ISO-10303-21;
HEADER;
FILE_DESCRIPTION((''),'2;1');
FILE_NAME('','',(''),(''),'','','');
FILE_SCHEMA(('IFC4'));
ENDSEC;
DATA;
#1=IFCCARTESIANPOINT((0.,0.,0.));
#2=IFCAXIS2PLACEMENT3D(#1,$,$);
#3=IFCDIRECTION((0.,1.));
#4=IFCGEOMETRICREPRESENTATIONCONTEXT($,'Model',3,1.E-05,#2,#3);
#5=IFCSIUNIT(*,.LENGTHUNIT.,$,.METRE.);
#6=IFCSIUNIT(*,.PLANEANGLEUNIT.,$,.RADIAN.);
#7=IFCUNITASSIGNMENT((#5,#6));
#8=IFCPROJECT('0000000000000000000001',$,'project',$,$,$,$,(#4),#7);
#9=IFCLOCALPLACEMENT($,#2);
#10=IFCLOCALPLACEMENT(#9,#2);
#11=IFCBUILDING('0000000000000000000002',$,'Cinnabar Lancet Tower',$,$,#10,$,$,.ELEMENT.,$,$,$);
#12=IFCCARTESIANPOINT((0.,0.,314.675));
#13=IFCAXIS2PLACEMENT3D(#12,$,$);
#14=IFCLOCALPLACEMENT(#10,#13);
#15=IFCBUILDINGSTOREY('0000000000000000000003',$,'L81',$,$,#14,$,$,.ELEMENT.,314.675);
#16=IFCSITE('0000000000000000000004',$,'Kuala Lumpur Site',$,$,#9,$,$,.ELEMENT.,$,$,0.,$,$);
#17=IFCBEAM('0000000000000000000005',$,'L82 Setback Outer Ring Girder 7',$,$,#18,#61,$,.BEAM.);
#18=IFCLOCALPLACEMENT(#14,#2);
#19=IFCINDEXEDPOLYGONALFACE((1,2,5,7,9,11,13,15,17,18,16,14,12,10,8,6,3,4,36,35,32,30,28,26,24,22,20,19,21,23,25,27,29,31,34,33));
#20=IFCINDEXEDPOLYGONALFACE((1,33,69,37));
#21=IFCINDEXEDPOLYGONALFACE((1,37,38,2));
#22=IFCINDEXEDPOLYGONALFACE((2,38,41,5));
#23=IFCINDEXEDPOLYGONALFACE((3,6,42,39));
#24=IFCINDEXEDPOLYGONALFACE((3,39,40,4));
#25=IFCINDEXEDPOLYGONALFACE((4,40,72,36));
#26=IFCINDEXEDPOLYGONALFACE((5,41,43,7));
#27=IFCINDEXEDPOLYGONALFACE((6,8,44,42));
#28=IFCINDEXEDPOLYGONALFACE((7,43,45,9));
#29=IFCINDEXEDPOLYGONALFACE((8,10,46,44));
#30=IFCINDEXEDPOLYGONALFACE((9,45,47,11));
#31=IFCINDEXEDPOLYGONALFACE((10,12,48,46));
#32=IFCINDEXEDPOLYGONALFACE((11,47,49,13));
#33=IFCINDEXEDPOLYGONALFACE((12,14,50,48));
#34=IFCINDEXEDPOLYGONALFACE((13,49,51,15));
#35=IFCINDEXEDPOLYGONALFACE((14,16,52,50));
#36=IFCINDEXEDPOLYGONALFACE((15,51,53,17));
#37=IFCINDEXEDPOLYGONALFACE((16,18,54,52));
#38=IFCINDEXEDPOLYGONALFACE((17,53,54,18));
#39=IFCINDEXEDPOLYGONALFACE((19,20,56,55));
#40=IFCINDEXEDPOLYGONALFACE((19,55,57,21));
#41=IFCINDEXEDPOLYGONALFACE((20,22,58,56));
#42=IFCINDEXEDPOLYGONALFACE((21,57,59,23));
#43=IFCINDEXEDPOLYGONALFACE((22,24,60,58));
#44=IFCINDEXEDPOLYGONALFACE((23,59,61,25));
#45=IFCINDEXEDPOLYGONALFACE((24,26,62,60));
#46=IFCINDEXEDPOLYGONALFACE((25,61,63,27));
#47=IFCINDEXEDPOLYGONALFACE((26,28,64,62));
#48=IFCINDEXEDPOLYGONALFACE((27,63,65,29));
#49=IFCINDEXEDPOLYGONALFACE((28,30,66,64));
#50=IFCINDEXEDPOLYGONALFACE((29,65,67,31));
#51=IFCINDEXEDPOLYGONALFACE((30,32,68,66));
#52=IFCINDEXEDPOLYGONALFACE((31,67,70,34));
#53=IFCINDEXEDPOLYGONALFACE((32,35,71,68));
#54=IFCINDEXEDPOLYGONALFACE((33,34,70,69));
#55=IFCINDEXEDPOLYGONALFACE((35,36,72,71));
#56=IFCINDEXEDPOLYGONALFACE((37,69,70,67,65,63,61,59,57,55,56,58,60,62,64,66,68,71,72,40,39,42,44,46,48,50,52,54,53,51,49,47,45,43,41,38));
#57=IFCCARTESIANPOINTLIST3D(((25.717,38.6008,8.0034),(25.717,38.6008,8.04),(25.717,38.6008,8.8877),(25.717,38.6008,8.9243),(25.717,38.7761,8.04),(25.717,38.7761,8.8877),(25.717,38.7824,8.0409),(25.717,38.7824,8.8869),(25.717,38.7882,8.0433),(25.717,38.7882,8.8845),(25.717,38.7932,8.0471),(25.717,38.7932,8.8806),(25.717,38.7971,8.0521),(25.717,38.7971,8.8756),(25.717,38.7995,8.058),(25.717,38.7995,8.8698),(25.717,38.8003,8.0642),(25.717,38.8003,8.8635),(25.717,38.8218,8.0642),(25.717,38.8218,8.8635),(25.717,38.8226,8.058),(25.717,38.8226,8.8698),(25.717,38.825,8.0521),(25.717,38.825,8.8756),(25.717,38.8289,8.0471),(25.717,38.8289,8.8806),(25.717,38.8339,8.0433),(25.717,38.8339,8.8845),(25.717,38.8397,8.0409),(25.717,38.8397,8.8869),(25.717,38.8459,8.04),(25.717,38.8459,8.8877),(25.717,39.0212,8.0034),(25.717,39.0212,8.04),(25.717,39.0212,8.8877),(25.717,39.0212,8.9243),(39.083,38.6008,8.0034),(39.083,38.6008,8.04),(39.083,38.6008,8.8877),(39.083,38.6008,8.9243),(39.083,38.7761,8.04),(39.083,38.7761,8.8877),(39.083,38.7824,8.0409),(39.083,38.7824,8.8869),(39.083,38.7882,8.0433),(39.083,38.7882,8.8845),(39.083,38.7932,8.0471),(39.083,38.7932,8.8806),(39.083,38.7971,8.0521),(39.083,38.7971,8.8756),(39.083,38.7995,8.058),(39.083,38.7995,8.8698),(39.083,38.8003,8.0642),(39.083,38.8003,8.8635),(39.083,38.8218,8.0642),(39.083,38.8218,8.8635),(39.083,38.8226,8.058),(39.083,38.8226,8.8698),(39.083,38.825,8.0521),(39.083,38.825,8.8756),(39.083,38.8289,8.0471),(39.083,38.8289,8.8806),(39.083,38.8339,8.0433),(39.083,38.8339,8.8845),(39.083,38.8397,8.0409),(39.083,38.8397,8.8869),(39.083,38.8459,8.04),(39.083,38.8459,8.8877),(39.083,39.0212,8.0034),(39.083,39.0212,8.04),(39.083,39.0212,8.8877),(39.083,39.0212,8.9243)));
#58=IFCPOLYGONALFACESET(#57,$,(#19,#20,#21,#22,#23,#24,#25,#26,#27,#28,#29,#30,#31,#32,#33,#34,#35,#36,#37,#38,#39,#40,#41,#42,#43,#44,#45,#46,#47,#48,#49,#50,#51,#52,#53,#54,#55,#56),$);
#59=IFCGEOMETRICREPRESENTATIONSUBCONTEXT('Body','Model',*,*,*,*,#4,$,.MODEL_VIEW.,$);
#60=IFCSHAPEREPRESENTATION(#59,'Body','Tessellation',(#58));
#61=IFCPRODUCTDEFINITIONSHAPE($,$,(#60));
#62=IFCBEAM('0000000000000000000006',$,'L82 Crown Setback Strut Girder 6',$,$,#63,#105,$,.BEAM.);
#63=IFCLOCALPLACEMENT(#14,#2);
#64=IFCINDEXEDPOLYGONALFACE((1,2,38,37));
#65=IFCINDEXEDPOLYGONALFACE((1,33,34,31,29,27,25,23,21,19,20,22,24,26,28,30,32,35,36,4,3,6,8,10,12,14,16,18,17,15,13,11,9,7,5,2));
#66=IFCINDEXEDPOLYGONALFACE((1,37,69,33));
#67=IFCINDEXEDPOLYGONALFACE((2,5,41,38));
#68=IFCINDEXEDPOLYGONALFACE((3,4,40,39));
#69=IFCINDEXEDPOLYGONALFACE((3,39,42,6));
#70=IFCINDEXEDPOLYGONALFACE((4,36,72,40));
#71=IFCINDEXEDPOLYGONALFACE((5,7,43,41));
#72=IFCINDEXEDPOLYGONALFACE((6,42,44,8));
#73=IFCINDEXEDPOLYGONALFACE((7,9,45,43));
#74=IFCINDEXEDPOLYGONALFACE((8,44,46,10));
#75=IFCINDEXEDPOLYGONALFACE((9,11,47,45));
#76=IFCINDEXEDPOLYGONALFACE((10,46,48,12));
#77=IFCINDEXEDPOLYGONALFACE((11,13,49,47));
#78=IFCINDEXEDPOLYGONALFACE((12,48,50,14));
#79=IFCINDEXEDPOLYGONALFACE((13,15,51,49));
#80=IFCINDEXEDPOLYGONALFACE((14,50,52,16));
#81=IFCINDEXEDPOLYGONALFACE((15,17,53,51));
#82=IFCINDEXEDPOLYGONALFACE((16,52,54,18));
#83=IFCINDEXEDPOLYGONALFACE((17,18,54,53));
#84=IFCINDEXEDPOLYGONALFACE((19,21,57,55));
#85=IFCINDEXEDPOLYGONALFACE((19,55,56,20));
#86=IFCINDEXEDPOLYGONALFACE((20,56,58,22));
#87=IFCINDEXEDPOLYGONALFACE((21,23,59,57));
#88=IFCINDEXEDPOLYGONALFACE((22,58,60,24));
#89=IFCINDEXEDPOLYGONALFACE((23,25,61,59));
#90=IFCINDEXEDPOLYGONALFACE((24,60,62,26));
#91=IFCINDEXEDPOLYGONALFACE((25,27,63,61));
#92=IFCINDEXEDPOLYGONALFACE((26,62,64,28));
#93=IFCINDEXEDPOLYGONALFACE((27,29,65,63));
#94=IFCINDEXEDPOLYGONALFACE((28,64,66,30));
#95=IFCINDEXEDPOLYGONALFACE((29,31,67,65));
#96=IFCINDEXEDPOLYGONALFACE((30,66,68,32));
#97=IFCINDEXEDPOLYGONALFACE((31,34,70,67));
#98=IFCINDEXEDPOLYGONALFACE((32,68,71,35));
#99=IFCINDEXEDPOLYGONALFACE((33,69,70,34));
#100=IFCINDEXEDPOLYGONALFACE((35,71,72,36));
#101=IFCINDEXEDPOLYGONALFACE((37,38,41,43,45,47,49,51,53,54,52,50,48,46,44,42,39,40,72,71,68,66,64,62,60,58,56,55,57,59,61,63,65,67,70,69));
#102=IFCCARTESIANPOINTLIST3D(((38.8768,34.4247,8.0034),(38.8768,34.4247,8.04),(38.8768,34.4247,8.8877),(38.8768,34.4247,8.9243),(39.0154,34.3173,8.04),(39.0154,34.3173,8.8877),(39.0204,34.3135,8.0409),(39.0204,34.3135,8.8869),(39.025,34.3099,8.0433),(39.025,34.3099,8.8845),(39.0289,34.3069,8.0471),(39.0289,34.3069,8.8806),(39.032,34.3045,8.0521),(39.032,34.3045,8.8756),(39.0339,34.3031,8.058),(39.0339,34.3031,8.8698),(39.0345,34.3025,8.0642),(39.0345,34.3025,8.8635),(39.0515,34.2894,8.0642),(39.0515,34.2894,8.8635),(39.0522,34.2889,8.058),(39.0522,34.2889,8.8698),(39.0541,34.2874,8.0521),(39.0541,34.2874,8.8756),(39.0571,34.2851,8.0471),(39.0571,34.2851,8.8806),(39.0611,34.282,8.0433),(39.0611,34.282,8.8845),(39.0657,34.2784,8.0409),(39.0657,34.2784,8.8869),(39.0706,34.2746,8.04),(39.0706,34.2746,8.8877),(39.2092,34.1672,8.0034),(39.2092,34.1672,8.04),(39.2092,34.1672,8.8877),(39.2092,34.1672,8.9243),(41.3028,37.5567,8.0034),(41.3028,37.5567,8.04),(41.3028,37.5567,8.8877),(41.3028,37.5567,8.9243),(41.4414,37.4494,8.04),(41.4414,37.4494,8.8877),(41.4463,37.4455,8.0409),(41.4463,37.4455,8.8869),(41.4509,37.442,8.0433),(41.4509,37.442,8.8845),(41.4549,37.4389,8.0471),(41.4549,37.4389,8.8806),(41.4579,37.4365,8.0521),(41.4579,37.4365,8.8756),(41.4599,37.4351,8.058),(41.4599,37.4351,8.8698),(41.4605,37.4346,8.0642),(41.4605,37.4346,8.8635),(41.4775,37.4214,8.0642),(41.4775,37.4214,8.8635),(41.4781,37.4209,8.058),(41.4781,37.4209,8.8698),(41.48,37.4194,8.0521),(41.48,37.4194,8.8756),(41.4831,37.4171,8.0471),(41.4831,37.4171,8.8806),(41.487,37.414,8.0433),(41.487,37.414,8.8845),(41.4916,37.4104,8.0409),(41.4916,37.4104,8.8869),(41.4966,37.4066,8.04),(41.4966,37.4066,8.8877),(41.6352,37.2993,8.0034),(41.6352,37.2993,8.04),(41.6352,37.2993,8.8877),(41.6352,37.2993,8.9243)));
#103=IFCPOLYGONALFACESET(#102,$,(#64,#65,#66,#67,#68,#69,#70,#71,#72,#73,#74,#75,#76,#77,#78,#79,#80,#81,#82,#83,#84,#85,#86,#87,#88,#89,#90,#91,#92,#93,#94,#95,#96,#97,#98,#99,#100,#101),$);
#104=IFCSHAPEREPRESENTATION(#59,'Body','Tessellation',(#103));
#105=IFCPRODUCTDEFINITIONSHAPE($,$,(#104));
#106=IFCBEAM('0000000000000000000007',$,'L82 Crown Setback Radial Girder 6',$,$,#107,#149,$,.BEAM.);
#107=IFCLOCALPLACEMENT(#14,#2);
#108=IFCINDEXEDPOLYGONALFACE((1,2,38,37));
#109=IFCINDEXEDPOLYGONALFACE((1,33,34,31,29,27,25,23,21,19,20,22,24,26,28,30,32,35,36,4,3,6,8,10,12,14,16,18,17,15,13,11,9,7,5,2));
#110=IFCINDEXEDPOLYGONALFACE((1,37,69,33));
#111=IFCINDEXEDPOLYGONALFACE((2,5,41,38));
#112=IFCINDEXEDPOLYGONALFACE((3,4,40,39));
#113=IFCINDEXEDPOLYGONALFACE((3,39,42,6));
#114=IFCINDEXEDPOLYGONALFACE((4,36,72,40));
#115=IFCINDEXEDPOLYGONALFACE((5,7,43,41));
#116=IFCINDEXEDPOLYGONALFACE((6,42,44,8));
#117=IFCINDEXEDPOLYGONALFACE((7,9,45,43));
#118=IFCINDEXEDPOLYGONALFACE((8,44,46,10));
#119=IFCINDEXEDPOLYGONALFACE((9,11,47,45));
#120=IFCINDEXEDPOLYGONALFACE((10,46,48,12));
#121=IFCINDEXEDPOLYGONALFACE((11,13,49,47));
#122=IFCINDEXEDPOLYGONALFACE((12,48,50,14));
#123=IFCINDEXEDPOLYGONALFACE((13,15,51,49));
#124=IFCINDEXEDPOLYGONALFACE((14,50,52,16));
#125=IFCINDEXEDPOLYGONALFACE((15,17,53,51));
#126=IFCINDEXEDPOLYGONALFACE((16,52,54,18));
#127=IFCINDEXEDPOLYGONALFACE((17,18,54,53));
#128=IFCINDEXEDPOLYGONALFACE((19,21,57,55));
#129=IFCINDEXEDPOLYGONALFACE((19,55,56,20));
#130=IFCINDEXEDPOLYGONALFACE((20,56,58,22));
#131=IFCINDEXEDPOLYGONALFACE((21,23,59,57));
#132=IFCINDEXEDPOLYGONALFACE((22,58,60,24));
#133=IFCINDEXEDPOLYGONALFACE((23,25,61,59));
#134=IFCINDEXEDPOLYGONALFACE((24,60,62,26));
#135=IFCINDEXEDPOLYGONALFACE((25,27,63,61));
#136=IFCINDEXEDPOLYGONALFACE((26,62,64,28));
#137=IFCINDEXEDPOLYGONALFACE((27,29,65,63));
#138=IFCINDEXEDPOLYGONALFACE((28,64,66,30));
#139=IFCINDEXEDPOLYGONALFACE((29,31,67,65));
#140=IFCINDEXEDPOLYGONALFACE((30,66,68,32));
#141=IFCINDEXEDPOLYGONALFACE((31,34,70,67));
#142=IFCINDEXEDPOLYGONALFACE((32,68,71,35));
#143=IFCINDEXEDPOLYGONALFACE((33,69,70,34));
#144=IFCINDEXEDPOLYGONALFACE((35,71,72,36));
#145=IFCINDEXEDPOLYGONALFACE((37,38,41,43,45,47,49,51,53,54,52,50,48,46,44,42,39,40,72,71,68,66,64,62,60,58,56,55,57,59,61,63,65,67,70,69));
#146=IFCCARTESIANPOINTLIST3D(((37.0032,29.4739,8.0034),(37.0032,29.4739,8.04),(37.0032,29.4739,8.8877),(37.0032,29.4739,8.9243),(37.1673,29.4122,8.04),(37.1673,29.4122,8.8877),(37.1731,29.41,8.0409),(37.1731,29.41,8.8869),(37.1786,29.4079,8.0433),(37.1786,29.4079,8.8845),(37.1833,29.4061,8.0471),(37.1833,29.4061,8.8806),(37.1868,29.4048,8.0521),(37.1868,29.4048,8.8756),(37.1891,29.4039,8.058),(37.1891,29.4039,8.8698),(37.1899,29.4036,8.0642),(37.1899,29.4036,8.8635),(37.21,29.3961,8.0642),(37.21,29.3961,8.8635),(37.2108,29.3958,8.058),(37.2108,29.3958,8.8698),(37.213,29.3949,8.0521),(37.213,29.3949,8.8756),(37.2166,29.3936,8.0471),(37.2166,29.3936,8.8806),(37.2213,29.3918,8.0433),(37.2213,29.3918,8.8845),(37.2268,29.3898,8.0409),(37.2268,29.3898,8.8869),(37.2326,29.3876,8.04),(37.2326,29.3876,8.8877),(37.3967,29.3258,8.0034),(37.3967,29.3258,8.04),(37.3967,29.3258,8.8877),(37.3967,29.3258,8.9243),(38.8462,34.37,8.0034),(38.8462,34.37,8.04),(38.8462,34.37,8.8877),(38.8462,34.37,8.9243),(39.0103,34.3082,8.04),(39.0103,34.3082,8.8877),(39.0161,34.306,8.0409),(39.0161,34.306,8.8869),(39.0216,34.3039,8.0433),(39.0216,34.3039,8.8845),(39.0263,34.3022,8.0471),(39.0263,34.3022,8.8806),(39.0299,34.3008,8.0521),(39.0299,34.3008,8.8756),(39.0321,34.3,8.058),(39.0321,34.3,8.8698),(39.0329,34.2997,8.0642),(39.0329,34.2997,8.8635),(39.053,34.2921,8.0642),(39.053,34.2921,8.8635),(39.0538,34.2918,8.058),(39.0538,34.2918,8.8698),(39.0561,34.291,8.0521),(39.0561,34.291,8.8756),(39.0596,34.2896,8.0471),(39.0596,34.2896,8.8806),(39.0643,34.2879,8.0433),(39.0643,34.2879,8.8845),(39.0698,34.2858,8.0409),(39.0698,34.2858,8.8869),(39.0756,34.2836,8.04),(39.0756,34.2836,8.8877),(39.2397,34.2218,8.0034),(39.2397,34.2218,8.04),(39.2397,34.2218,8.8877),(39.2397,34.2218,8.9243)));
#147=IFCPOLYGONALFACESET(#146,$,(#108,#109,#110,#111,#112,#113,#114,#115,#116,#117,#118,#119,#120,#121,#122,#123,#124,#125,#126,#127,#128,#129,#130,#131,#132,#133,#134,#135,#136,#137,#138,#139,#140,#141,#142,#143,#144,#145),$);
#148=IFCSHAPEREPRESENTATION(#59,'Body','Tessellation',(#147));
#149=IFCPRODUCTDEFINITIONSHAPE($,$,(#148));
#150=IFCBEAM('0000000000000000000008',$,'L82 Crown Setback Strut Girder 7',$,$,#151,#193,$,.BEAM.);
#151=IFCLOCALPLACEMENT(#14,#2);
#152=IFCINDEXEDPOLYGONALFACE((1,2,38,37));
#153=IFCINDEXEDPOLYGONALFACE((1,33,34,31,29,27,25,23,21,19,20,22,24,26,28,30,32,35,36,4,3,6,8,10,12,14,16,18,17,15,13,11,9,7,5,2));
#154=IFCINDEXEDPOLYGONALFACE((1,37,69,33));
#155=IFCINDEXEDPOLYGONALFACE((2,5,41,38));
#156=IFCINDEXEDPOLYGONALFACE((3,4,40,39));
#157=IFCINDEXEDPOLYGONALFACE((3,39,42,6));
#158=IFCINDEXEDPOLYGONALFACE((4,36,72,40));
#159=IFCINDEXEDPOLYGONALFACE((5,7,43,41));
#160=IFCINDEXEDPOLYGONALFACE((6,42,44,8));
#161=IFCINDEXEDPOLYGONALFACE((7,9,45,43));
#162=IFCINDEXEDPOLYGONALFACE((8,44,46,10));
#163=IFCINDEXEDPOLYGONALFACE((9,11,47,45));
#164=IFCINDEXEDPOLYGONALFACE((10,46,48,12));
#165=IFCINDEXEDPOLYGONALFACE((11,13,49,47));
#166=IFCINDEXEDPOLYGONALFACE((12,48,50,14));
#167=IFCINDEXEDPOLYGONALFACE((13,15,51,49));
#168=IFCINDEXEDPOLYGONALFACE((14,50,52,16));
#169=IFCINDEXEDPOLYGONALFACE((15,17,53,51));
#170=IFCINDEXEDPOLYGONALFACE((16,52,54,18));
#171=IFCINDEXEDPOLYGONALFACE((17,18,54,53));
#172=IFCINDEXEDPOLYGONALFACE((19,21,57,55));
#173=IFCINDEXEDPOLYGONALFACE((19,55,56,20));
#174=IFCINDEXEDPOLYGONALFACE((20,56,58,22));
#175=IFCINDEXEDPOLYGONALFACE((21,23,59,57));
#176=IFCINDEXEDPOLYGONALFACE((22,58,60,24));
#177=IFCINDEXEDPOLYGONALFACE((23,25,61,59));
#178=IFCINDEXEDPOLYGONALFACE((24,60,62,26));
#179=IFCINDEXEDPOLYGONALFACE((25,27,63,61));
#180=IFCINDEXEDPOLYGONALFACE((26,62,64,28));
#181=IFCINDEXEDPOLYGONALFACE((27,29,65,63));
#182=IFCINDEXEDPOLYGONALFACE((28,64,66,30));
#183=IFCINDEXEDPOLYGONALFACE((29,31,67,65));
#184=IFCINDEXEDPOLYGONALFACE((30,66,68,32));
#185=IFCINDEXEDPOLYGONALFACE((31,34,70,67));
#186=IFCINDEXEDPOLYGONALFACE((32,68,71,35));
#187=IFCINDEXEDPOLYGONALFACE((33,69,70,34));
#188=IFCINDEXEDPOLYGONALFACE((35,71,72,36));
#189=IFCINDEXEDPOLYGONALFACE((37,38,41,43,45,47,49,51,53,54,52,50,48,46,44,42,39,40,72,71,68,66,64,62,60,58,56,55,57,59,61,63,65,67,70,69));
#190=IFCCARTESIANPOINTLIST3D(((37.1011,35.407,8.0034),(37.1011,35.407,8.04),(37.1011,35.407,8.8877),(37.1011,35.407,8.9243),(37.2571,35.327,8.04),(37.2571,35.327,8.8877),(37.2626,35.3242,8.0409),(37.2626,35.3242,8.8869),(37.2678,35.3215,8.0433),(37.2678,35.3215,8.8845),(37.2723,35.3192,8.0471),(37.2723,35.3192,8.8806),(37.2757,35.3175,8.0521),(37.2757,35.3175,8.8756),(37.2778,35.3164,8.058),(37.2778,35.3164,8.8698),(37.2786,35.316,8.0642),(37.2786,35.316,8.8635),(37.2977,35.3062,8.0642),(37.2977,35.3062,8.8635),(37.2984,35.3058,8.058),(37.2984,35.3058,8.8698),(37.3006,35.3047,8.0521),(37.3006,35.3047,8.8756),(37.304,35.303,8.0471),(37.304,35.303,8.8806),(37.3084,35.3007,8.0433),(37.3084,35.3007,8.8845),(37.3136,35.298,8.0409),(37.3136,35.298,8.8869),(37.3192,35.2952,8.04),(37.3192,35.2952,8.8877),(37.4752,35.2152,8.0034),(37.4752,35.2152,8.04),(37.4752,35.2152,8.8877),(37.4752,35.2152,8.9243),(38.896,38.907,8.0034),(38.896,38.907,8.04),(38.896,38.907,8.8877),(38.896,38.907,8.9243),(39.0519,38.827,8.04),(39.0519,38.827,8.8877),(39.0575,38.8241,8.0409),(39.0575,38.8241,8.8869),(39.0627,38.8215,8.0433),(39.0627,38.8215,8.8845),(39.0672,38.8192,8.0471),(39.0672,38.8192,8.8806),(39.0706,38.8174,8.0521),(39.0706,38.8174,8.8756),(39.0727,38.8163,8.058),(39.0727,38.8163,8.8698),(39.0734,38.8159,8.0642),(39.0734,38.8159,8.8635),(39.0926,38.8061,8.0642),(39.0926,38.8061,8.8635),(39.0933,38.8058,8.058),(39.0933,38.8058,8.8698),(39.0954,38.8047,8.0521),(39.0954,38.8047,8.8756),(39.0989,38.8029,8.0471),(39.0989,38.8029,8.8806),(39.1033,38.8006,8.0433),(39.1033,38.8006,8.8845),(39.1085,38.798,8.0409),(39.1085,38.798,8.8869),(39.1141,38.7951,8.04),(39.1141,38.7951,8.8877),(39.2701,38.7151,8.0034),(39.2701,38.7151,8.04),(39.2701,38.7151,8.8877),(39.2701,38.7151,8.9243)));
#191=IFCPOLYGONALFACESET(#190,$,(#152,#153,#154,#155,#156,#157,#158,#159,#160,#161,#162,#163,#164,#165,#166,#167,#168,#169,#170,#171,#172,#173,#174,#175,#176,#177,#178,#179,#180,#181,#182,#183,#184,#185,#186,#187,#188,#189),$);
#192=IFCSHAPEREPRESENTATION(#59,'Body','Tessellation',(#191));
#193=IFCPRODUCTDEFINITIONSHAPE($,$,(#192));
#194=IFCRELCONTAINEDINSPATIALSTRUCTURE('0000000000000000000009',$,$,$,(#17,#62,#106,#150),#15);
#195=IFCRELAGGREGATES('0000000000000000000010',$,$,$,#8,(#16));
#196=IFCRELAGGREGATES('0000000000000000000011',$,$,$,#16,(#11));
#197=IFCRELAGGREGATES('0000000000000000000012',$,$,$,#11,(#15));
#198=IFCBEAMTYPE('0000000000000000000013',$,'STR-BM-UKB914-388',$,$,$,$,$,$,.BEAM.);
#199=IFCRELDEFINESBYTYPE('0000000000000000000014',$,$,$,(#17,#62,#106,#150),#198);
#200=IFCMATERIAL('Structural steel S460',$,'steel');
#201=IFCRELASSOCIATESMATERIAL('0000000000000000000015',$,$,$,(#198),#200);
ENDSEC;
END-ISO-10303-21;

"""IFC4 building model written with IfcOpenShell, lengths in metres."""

from ifc_helpers import new_model, si_unit, direction, frame, origin, origin_2d, place, context, subcontext, project, spatial, i_section, extrude, material, material_profile, profile_set, type_object, element, save


model = new_model("IFC4")

# Units and contexts
model_context = context("Model", 3, precision=1e-05, world=origin(), true_north=direction((0.0, 1.0)))
body_context = subcontext(model_context, "Body", "Model", "MODEL_VIEW")
ifc_project = project(units=[si_unit("LENGTHUNIT", "METRE"), si_unit("PLANEANGLEUNIT", "RADIAN")], contexts=[model_context])

# Site, building, storey
site_placement = place(None, origin())
site = spatial("IfcSite", under=ifc_project, at=site_placement, Name="Kuala Lumpur Site", CompositionType="ELEMENT", RefElevation=0.0)
building_placement = place(site_placement, origin())
building = spatial("IfcBuilding", under=site, at=building_placement, Name="Cinnabar Lancet Tower", CompositionType="ELEMENT")
storey_placement = place(building_placement, frame((0.0, 0.0, 314.675)))
storey = spatial("IfcBuildingStorey", under=building, at=storey_placement, Name="L81", CompositionType="ELEMENT", Elevation=314.675)

# Beams
ifc_material_1 = material(Name="Structural steel S460", Category="steel")
ifc_material_profile_1 = material_profile(ifc_material_1, i_section(OverallWidth=0.4204, OverallDepth=0.9209, WebThickness=0.0215, FlangeThickness=0.0366, FilletRadius=0.0242, at=origin_2d()), Name="UKB 914x419x388")
ifc_profile_set_1 = profile_set([ifc_material_profile_1], Name="Structural steel S460")
beam_type = type_object("IfcBeamType", Name="STR-BM-UKB914-388", PredefinedType="BEAM", material=ifc_profile_set_1)
beam_1_placement = place(storey_placement, frame((39.083, 38.811, 8.4639), z_axis=(-1.0, 0.0, 0.0), x_axis=(0.0, -1.0, 0.0)))
element("IfcBeam", 1, at=beam_1_placement, inside=storey, type_object=beam_type, Name="L82 Setback Outer Ring Girder 7", PredefinedType="BEAM", context=body_context, shape_type="SweptSolid", body=[
    extrude(i_section(OverallWidth=0.4204, OverallDepth=0.9209, WebThickness=0.0215, FlangeThickness=0.0366, FilletRadius=0.0242, at=origin_2d()), origin(), (0.0, 0.0, 1.0), 13.366),
])
beam_2_placement = place(storey_placement, frame((41.469, 37.428, 8.4639), z_axis=(-0.612361, -0.790578, 0.0), x_axis=(0.790578, -0.612361, 0.0)))
element("IfcBeam", 2, at=beam_2_placement, inside=storey, type_object=beam_type, Name="L82 Crown Setback Strut Girder 6", PredefinedType="BEAM", context=body_context, shape_type="SweptSolid", body=[
    extrude(i_section(OverallWidth=0.4204, OverallDepth=0.9209, WebThickness=0.0215, FlangeThickness=0.0366, FilletRadius=0.0242, at=origin_2d()), origin(), (0.0, 0.0, 1.0), 3.9617),
])
beam_3_placement = place(storey_placement, frame((39.043, 34.2959, 8.4639), z_axis=(-0.352299, -0.935887, 0.0), x_axis=(0.935887, -0.352299, 0.0)))
element("IfcBeam", 3, at=beam_3_placement, inside=storey, type_object=beam_type, Name="L82 Crown Setback Radial Girder 6", PredefinedType="BEAM", context=body_context, shape_type="SweptSolid", body=[
    extrude(i_section(OverallWidth=0.4204, OverallDepth=0.9209, WebThickness=0.0215, FlangeThickness=0.0366, FilletRadius=0.0242, at=origin_2d()), origin(), (0.0, 0.0, 1.0), 5.2314),
])
beam_4_placement = place(storey_placement, frame((39.083, 38.811, 8.4639), z_axis=(-0.456327, -0.889812, 0.0), x_axis=(0.889812, -0.456327, 0.0)))
element("IfcBeam", 4, at=beam_4_placement, inside=storey, type_object=beam_type, Name="L82 Crown Setback Strut Girder 7", PredefinedType="BEAM", context=body_context, shape_type="SweptSolid", body=[
    extrude(i_section(OverallWidth=0.4204, OverallDepth=0.9209, WebThickness=0.0215, FlangeThickness=0.0366, FilletRadius=0.0242, at=origin_2d()), origin(), (0.0, 0.0, 1.0), 3.9333),
])

save(model, "model.ifc")
